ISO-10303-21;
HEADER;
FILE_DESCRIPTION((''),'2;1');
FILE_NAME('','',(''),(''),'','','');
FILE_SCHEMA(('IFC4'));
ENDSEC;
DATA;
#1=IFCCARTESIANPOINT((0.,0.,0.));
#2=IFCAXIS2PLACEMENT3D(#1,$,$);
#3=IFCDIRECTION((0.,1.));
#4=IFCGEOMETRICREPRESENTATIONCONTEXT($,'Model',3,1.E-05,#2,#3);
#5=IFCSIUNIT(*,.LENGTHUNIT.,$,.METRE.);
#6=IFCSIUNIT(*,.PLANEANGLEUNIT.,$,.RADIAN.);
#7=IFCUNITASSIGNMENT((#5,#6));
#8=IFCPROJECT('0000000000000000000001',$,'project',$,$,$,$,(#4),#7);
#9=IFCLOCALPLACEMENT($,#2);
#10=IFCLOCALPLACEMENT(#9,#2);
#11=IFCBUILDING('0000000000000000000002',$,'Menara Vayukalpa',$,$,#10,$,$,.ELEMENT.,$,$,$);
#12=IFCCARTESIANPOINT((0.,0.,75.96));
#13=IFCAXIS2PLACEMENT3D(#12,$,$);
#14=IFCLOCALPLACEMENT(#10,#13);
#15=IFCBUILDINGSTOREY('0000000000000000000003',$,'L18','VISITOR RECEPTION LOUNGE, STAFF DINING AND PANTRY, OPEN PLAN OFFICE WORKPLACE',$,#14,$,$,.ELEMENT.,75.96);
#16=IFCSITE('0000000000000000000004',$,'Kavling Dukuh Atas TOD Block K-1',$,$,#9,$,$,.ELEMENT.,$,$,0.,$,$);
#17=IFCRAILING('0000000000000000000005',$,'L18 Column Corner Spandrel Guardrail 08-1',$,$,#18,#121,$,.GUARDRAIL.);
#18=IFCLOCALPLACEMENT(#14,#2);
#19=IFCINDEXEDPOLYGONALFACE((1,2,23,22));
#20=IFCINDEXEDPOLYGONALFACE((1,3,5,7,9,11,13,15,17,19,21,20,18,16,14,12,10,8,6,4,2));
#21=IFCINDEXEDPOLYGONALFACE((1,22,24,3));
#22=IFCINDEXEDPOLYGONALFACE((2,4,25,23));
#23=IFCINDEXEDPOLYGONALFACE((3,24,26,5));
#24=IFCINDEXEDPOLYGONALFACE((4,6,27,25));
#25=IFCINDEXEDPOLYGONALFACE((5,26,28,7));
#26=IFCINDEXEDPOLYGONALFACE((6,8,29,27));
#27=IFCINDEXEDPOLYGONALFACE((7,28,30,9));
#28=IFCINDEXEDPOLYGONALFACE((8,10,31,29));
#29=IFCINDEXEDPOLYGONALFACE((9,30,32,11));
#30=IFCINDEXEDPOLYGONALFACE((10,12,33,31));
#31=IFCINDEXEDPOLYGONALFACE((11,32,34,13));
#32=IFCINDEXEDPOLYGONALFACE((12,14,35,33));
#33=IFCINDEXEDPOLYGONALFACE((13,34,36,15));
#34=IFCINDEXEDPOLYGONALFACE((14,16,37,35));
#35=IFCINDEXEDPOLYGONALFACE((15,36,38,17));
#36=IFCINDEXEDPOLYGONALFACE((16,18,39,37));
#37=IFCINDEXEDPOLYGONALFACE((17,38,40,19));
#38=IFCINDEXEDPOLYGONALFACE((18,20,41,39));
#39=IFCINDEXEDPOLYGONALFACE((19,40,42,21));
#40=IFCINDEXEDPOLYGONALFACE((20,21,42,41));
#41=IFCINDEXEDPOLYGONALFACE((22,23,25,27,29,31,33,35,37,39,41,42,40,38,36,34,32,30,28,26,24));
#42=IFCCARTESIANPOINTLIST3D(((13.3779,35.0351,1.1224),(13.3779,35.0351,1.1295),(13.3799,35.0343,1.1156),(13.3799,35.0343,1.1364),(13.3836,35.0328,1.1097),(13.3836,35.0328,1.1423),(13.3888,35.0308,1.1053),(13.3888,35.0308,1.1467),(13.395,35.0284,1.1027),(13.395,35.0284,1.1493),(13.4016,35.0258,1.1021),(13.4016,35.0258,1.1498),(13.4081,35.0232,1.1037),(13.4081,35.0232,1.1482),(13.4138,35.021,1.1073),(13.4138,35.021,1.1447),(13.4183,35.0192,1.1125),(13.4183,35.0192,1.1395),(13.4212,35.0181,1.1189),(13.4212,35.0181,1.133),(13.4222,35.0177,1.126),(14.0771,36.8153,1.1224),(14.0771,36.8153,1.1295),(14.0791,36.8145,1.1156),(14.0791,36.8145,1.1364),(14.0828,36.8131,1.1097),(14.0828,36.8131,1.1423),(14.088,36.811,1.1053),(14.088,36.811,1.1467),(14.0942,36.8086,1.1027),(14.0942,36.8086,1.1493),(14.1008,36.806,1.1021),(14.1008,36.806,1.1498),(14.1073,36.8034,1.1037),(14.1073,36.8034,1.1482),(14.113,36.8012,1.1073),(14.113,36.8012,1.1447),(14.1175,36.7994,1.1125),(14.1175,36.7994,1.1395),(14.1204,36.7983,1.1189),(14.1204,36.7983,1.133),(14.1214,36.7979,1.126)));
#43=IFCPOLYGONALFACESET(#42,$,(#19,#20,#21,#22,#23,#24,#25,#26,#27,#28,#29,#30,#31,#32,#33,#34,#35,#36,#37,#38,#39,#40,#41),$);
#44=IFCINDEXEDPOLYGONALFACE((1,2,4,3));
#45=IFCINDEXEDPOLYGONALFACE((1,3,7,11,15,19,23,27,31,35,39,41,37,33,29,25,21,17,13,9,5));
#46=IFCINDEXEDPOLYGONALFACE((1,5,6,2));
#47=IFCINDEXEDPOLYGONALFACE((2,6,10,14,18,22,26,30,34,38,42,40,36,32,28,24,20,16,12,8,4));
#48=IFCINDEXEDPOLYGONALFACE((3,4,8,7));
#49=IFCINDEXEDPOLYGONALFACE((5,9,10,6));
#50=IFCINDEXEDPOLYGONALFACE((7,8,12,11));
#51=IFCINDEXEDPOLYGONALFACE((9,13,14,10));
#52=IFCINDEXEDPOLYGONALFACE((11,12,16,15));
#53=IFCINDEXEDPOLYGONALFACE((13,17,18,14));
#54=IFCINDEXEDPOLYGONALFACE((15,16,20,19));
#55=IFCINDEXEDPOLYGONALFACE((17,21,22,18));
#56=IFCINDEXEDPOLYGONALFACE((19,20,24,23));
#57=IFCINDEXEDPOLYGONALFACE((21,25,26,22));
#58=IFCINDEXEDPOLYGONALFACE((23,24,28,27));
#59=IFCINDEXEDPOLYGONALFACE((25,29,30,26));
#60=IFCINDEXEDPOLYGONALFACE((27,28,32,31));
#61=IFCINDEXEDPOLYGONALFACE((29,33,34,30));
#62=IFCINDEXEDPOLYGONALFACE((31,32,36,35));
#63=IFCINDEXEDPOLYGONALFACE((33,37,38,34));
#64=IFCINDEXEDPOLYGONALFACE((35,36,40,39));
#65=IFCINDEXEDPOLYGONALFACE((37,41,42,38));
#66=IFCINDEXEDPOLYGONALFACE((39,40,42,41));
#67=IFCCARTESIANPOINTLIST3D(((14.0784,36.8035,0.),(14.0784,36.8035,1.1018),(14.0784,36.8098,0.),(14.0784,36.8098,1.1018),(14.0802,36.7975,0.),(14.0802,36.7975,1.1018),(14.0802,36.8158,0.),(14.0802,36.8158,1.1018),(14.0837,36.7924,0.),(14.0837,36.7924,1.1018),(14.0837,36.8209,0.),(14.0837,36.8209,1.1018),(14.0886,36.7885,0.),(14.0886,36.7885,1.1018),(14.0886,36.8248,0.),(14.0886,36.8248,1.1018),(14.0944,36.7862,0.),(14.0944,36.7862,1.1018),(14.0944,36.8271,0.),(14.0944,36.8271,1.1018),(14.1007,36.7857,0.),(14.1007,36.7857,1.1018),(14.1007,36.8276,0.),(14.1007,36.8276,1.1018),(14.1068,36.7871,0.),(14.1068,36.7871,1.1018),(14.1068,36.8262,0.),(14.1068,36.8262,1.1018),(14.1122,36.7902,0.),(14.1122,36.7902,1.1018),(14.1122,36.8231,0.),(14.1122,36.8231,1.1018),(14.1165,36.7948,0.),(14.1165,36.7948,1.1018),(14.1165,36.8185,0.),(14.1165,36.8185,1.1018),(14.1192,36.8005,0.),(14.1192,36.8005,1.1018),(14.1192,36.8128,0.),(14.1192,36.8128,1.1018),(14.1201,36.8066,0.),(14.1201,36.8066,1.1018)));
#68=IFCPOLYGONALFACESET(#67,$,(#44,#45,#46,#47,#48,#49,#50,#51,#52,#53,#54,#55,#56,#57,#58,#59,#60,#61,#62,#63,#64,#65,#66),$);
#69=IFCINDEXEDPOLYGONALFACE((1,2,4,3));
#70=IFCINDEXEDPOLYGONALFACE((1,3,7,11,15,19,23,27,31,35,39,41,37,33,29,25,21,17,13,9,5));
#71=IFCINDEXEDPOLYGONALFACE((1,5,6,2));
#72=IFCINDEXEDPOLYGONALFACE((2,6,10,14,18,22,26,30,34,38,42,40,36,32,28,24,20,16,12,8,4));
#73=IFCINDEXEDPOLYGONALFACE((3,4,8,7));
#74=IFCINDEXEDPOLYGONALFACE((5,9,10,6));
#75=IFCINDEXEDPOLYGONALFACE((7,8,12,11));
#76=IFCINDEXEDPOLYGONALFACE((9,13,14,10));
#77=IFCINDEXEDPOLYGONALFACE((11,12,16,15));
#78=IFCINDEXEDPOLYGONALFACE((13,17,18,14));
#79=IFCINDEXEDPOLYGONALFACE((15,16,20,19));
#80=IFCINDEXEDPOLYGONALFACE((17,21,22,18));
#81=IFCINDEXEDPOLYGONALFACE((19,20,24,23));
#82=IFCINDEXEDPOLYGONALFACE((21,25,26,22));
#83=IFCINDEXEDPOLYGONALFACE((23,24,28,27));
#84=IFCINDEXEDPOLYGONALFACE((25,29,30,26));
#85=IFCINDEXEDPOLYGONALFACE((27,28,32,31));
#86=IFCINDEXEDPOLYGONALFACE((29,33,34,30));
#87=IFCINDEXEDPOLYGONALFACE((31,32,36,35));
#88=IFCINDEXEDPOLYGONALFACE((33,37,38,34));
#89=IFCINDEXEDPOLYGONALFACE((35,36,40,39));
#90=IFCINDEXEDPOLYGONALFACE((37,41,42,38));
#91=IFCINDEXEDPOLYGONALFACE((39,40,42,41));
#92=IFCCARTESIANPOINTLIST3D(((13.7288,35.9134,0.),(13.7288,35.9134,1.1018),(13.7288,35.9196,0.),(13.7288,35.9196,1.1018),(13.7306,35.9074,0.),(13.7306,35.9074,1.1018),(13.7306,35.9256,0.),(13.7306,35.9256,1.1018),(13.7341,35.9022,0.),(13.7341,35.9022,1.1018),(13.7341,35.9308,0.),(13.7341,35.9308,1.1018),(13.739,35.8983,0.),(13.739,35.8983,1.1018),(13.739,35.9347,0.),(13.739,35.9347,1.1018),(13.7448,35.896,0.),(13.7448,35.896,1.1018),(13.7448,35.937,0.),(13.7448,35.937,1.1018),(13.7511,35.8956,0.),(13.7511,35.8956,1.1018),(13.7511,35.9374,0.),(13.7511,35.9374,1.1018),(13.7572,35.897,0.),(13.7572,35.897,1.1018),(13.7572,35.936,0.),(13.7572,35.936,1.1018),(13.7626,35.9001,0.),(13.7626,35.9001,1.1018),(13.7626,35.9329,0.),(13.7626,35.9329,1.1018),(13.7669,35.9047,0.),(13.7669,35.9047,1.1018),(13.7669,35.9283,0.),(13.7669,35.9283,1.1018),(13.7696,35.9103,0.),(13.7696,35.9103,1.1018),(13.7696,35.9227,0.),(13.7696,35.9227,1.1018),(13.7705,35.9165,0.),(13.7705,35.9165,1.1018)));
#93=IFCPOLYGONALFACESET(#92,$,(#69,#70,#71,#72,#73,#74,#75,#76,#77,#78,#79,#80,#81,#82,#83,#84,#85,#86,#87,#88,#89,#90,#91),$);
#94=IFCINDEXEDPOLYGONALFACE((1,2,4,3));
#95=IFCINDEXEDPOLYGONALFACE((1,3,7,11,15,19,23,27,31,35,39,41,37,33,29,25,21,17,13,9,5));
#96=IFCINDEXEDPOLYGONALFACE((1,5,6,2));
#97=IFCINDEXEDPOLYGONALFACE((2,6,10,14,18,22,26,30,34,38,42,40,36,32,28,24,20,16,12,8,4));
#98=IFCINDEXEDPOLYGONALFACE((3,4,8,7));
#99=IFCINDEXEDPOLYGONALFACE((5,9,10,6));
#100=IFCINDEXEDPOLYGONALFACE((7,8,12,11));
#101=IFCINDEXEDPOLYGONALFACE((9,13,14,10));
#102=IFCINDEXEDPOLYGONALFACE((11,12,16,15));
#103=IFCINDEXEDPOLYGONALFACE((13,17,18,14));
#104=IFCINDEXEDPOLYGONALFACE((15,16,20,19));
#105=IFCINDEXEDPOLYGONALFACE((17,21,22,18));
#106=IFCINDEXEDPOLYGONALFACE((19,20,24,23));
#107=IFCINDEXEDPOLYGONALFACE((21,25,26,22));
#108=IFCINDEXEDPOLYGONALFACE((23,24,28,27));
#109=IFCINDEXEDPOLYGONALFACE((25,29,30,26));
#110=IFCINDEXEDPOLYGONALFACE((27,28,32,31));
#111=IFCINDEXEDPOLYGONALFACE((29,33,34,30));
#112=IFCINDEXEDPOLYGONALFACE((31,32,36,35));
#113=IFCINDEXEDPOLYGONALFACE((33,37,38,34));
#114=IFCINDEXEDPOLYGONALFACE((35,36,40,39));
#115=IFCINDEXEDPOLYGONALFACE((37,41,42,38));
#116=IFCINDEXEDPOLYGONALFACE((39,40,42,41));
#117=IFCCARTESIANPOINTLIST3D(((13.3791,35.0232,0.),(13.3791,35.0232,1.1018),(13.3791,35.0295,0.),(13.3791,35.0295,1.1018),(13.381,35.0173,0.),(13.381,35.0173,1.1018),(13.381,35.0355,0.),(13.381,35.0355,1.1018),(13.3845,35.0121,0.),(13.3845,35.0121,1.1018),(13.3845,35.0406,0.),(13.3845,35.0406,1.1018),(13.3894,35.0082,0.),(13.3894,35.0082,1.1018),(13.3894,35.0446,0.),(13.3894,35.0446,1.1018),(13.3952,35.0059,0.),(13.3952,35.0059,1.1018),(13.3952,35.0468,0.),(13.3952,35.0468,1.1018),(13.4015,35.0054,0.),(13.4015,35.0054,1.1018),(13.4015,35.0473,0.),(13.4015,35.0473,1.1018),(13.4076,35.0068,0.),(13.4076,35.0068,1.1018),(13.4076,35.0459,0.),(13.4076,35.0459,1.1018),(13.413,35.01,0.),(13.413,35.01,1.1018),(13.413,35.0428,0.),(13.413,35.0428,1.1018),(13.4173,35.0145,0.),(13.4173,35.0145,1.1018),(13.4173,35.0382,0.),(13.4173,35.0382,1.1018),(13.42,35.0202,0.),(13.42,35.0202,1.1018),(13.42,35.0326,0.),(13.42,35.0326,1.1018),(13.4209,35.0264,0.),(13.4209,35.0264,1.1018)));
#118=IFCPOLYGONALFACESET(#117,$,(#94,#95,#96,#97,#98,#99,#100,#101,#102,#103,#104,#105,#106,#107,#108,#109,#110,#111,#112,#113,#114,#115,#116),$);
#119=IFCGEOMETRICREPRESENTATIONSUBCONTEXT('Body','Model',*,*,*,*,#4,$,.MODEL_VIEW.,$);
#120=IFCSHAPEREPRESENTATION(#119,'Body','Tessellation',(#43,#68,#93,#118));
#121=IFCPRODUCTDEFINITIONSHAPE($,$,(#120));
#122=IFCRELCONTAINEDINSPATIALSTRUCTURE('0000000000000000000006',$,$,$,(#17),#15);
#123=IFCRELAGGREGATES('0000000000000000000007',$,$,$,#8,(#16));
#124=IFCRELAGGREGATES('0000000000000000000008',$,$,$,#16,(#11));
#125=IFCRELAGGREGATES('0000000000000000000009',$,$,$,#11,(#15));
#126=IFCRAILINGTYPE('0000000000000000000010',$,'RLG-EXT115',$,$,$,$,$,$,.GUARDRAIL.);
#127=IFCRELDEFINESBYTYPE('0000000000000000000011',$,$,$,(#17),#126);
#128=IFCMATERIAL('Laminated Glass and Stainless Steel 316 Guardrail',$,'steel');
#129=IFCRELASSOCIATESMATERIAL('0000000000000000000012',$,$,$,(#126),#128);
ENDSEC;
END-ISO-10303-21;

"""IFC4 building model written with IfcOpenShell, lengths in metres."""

from ifc_helpers import new_model, si_unit, direction, frame, origin, origin_2d, place, context, subcontext, project, spatial, circle, extrude, material, type_object, element, save


model = new_model("IFC4")

# Units and contexts
model_context = context("Model", 3, precision=1e-05, world=origin(), true_north=direction((0.0, 1.0)))
body_context = subcontext(model_context, "Body", "Model", "MODEL_VIEW")
ifc_project = project(units=[si_unit("LENGTHUNIT", "METRE"), si_unit("PLANEANGLEUNIT", "RADIAN")], contexts=[model_context])

# Site, building, storey
site_placement = place(None, origin())
site = spatial("IfcSite", under=ifc_project, at=site_placement, Name="Kavling Dukuh Atas TOD Block K-1", CompositionType="ELEMENT", RefElevation=0.0)
building_placement = place(site_placement, origin())
building = spatial("IfcBuilding", under=site, at=building_placement, Name="Menara Vayukalpa", CompositionType="ELEMENT")
storey_placement = place(building_placement, frame((0.0, 0.0, 75.96)))
storey = spatial("IfcBuildingStorey", under=building, at=storey_placement, Name="L18", Description="VISITOR RECEPTION LOUNGE, STAFF DINING AND PANTRY, OPEN PLAN OFFICE WORKPLACE", CompositionType="ELEMENT", Elevation=75.96)

# Railing
ifc_material_1 = material(Name="Laminated Glass and Stainless Steel 316 Guardrail", Category="steel")
railing_type = type_object("IfcRailingType", Name="RLG-EXT115", PredefinedType="GUARDRAIL", material=ifc_material_1)
railing_1_placement = place(storey_placement, frame((14.0991, 36.8066, 0.0)))
element("IfcRailing", 1, at=railing_1_placement, inside=storey, type_object=railing_type, Name="L18 Column Corner Spandrel Guardrail 08-1", PredefinedType="GUARDRAIL", context=body_context, shape_type="SweptSolid", body=[
    extrude(circle(Radius=0.0239, at=origin_2d()), frame((0.0, 0.0, 1.126), z_axis=(-0.365573, -0.930783, 0.0), x_axis=(0.930783, -0.365573, 0.0)), (0.0, 0.0, 1.0), 1.9126),
    extrude(circle(Radius=0.021, at=origin_2d()), origin(), (0.0, 0.0, 1.0), 1.1018),
    extrude(circle(Radius=0.021, at=origin_2d()), frame((-0.3496, -0.8901, 0.0)), (0.0, 0.0, 1.0), 1.1018),
    extrude(circle(Radius=0.021, at=origin_2d()), frame((-0.6992, -1.7803, 0.0)), (0.0, 0.0, 1.0), 1.1018),
])

save(model, "model.ifc")
